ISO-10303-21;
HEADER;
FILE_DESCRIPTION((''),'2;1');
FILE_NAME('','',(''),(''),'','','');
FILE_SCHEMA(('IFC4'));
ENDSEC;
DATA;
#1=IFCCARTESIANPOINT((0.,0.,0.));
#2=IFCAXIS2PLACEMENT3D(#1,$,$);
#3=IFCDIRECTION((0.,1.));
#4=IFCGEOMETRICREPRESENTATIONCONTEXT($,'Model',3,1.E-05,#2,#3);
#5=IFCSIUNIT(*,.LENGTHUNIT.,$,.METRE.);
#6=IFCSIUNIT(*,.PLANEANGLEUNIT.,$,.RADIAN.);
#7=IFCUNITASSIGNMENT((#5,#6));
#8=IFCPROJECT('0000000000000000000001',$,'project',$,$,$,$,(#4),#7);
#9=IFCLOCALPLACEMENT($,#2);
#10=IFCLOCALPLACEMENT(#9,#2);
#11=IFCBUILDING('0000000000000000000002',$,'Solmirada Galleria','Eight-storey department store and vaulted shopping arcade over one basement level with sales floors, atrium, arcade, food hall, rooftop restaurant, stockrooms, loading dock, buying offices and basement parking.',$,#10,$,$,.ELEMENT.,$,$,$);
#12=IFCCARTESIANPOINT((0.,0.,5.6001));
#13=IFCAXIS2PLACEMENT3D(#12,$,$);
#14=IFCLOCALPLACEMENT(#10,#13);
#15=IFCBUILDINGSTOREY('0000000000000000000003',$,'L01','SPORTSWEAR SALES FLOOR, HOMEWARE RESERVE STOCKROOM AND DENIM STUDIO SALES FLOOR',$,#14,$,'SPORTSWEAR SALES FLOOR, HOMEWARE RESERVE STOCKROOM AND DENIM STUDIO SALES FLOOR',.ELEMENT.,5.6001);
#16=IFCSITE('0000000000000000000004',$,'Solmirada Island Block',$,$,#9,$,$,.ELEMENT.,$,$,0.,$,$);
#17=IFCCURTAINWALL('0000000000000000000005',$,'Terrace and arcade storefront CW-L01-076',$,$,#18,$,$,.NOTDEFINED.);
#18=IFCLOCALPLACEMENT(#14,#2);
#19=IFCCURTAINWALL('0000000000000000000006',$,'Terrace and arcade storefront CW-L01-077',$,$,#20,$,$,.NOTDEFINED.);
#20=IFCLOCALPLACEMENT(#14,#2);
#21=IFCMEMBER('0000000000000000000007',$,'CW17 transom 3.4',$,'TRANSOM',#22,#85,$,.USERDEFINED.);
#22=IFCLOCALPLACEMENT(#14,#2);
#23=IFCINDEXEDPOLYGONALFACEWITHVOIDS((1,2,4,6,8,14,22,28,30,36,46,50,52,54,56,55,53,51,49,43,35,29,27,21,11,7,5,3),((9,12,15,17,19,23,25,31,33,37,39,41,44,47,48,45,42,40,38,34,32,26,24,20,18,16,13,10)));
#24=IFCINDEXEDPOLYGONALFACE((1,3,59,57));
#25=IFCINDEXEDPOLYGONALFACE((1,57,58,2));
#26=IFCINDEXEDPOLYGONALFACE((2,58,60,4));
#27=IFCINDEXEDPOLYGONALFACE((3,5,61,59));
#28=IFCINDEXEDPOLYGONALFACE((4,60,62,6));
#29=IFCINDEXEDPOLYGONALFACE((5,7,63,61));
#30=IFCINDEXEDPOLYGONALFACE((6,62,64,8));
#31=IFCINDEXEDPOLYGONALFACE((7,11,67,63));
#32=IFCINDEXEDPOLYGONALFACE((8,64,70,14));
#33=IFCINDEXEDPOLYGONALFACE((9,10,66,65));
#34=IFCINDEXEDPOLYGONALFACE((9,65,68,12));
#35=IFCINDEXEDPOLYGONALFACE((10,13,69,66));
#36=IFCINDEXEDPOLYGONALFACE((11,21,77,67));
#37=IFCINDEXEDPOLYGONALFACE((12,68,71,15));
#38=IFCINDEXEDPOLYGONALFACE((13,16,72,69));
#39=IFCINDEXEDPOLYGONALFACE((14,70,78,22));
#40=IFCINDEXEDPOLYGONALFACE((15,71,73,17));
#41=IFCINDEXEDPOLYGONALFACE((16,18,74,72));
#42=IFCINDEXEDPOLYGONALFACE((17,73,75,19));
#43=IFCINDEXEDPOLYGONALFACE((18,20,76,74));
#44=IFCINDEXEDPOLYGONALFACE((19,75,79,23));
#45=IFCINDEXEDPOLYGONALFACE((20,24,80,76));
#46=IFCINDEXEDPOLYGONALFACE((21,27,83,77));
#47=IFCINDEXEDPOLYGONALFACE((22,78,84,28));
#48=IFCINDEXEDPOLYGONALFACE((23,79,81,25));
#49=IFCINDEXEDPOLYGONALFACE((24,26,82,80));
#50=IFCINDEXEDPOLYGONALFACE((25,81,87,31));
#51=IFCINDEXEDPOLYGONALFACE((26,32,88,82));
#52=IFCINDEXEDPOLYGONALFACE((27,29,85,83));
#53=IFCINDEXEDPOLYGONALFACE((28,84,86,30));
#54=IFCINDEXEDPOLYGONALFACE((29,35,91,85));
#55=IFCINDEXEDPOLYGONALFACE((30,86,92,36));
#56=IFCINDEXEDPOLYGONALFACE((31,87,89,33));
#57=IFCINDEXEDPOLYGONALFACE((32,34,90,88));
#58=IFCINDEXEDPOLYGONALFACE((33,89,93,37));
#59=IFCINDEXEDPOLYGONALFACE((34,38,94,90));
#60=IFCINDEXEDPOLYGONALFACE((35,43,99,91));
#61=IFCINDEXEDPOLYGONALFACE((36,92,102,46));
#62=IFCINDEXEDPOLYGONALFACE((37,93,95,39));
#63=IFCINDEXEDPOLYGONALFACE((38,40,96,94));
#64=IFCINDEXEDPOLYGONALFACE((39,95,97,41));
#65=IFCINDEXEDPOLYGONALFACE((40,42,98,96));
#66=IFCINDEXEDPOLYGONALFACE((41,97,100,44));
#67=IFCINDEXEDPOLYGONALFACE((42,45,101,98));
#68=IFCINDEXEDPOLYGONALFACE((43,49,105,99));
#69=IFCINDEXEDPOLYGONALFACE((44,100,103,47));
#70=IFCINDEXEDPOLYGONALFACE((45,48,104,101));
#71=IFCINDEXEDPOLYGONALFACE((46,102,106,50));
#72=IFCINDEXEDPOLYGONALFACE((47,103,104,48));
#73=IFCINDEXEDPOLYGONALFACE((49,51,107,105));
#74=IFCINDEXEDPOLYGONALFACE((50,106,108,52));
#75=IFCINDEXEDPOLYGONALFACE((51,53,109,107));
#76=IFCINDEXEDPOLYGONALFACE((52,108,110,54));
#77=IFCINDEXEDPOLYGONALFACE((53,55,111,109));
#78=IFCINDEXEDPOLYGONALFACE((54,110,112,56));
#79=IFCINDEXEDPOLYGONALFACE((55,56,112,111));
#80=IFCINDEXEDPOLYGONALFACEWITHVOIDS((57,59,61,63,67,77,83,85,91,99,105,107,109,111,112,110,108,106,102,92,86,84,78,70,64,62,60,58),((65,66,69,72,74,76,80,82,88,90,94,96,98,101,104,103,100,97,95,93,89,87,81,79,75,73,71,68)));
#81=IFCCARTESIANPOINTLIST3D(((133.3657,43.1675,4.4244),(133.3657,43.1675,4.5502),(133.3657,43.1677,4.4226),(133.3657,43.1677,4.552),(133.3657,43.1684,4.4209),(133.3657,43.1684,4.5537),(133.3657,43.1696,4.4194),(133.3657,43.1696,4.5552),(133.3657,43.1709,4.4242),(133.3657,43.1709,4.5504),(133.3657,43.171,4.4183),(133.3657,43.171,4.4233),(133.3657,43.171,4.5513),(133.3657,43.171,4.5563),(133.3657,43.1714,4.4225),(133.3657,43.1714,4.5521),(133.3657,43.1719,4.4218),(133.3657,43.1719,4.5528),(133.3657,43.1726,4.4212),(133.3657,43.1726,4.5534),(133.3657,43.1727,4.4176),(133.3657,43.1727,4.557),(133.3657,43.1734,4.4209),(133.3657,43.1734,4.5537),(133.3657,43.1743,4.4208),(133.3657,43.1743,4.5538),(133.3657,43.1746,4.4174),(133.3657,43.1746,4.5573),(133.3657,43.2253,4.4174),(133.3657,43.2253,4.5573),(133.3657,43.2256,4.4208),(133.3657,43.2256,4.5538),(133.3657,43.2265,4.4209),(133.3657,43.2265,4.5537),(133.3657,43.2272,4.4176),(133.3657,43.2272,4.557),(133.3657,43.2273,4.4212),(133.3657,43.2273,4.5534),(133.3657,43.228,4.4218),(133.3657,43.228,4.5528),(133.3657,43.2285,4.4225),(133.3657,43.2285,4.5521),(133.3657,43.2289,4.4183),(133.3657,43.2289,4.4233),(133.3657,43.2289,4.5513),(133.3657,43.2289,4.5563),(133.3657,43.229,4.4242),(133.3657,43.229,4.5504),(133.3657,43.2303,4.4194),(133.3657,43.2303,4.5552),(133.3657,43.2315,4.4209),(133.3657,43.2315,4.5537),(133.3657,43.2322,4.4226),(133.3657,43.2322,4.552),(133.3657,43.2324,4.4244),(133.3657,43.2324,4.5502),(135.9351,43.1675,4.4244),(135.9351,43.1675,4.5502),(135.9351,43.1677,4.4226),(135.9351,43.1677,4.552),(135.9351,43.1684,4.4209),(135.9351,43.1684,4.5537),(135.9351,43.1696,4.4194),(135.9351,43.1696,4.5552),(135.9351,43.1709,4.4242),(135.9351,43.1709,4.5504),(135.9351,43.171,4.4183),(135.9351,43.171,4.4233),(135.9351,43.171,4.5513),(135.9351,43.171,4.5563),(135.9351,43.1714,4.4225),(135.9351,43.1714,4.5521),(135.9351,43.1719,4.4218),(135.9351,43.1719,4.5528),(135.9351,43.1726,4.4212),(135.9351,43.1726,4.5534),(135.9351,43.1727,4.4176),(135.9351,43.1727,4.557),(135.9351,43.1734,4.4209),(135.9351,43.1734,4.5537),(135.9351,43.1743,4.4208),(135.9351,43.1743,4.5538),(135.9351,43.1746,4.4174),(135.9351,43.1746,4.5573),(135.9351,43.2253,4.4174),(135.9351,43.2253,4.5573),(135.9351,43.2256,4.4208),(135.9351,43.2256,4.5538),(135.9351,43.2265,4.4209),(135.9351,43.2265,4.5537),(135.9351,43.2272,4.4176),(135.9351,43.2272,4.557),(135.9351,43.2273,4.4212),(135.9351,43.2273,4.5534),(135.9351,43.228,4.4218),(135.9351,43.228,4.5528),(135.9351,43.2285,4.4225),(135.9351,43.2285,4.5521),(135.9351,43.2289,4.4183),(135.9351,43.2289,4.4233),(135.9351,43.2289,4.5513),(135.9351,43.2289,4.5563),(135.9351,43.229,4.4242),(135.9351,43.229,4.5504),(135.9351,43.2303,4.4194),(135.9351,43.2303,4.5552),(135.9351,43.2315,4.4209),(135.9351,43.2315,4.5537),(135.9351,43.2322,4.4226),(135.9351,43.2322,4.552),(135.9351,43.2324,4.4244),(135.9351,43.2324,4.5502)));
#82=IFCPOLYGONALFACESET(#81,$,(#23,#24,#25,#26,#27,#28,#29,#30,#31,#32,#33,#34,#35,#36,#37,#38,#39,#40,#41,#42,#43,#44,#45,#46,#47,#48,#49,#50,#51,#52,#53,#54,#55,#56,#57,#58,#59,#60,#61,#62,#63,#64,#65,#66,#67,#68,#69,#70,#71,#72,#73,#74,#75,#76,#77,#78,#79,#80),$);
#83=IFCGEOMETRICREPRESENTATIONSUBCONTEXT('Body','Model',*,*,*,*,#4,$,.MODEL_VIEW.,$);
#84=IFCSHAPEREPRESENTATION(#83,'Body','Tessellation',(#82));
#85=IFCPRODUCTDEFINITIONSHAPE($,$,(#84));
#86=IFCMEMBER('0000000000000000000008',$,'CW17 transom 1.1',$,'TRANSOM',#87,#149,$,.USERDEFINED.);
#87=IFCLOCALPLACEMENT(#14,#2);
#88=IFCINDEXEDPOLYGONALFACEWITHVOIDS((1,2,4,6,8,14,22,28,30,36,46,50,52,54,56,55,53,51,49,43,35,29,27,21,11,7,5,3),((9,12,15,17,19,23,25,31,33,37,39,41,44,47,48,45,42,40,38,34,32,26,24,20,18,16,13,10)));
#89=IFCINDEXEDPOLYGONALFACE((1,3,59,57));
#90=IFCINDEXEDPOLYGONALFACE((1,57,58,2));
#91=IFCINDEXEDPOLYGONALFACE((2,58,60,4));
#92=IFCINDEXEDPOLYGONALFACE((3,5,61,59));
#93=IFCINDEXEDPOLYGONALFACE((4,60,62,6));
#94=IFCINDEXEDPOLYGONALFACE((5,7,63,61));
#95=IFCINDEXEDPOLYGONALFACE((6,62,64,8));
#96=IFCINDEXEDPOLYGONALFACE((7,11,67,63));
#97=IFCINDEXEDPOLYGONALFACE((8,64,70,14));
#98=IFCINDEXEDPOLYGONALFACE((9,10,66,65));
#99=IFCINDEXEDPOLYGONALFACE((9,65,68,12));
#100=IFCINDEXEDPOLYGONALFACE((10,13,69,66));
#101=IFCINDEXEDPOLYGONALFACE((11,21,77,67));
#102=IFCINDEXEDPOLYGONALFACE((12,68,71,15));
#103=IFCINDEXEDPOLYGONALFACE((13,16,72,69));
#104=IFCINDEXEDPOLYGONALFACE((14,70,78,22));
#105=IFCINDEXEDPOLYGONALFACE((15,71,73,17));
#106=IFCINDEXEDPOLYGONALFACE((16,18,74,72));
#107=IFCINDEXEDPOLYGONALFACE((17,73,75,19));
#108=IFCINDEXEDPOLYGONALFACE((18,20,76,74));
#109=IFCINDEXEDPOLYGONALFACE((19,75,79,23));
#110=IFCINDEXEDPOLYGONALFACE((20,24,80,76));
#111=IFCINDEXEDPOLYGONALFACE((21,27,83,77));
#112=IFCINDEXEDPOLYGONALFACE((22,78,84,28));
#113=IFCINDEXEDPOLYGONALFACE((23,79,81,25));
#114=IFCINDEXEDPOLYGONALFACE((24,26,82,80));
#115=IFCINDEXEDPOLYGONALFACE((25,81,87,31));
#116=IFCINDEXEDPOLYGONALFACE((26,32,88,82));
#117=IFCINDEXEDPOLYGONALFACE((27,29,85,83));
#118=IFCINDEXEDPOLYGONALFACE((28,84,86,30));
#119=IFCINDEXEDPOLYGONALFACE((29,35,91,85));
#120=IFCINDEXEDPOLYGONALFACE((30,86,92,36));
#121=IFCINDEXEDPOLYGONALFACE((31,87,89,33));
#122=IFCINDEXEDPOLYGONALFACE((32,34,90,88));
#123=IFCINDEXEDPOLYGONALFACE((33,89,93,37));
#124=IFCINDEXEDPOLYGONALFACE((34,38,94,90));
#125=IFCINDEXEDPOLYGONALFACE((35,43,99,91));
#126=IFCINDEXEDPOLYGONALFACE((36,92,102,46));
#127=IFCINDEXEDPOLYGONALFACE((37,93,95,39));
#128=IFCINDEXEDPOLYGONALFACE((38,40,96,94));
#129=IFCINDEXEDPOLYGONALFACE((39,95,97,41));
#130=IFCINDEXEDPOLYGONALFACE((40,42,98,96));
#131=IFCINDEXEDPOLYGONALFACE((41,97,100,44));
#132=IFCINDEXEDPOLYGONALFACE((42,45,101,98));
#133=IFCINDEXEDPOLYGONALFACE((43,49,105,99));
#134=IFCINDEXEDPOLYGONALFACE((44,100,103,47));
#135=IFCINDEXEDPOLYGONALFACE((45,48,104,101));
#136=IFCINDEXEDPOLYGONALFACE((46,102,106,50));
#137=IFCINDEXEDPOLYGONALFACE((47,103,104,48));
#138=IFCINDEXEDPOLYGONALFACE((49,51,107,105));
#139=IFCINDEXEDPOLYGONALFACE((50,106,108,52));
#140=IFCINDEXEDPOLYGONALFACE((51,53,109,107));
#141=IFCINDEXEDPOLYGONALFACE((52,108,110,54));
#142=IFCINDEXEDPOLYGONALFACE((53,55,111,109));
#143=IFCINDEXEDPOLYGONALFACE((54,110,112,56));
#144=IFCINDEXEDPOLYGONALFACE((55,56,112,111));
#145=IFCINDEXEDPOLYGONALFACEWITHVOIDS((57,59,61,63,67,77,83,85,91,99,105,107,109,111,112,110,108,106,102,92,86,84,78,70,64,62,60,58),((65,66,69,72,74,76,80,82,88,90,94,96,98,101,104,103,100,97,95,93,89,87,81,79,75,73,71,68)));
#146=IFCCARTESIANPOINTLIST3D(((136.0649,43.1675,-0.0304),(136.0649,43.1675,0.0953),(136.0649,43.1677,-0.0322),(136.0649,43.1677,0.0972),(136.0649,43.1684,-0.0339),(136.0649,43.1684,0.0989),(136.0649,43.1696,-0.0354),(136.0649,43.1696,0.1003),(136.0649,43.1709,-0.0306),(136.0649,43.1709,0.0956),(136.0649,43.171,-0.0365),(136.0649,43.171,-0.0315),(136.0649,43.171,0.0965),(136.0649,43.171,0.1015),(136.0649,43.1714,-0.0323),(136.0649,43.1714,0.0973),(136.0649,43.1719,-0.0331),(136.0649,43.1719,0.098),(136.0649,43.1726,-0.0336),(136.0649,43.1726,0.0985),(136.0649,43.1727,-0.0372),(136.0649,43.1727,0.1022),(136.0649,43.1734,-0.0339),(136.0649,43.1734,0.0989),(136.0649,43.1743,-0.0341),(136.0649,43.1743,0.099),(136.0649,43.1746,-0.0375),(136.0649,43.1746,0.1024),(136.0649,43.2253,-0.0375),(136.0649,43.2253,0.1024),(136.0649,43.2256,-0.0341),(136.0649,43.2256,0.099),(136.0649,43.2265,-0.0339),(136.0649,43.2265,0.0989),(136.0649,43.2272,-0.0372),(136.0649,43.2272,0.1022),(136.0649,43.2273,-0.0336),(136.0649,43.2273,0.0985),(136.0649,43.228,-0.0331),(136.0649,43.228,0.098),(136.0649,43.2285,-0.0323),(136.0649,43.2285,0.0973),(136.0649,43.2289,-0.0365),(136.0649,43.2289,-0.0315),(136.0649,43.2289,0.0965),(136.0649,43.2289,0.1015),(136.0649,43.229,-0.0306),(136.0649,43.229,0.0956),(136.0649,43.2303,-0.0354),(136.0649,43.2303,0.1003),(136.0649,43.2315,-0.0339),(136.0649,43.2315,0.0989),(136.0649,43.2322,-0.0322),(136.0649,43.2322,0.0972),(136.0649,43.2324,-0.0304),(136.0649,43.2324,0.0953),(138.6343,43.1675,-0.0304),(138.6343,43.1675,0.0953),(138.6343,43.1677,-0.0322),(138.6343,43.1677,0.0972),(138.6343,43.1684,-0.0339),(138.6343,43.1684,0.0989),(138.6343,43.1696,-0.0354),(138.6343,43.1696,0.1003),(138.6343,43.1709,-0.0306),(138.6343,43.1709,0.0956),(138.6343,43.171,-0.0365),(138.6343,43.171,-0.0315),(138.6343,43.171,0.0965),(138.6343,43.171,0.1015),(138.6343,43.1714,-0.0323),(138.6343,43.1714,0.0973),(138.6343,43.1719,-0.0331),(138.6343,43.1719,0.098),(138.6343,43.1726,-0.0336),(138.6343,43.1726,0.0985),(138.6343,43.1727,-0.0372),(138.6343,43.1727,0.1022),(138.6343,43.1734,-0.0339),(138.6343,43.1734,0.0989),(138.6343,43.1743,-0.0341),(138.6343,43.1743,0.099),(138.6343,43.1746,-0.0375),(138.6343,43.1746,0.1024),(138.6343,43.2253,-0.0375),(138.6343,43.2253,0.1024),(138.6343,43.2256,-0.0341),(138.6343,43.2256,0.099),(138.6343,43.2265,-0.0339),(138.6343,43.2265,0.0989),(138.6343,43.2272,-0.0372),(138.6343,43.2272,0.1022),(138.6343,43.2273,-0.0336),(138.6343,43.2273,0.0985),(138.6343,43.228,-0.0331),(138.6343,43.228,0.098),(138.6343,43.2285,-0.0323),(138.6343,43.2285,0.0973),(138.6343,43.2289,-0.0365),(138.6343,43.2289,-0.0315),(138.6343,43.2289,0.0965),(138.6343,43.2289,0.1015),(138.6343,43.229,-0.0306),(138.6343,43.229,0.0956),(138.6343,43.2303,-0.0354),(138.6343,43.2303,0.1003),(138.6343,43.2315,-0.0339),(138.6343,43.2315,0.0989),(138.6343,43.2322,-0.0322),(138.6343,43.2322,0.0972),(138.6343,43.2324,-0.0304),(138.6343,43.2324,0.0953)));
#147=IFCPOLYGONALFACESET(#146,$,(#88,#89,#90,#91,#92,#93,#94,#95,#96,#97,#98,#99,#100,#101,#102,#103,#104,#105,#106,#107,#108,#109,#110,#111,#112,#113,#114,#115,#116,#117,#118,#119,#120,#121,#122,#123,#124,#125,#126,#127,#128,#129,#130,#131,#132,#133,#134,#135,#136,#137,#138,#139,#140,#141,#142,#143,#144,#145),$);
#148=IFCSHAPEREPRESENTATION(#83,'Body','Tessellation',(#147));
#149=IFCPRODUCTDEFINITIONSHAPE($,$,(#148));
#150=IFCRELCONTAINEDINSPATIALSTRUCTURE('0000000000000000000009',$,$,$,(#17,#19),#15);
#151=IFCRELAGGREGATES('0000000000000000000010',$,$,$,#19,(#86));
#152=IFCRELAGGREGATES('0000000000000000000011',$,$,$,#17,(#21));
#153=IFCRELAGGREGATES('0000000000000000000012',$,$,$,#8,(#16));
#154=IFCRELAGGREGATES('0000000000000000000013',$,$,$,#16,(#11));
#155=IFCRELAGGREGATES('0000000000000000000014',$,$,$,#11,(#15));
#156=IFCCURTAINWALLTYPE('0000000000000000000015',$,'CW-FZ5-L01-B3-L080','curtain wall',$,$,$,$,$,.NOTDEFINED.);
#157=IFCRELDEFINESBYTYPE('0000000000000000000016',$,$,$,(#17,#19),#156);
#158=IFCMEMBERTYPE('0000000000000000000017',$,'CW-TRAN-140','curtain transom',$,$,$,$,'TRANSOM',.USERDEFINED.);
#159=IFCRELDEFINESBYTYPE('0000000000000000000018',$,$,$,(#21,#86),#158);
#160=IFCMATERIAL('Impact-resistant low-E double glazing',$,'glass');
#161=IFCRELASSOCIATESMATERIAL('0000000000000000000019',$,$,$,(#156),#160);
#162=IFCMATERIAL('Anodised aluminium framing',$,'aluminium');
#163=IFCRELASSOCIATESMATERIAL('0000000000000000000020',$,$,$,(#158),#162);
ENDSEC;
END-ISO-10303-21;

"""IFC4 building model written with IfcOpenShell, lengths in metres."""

from ifc_helpers import new_model, si_unit, direction, frame, origin, origin_2d, place, context, subcontext, project, spatial, hollow_rectangle, extrude, material, material_profile, profile_set, type_object, element, aggregate, save


model = new_model("IFC4")

# Units and contexts
model_context = context("Model", 3, precision=1e-05, world=origin(), true_north=direction((0.0, 1.0)))
body_context = subcontext(model_context, "Body", "Model", "MODEL_VIEW")
ifc_project = project(units=[si_unit("LENGTHUNIT", "METRE"), si_unit("PLANEANGLEUNIT", "RADIAN")], contexts=[model_context])

# Site, building, storey
site_placement = place(None, origin())
site = spatial("IfcSite", under=ifc_project, at=site_placement, Name="Solmirada Island Block", CompositionType="ELEMENT", RefElevation=0.0)
building_placement = place(site_placement, origin())
building = spatial("IfcBuilding", under=site, at=building_placement, Name="Solmirada Galleria", Description="Eight-storey department store and vaulted shopping arcade over one basement level with sales floors, atrium, arcade, food hall, rooftop restaurant, stockrooms, loading dock, buying offices and basement parking.", CompositionType="ELEMENT")
storey_placement = place(building_placement, frame((0.0, 0.0, 5.6001)))
storey = spatial("IfcBuildingStorey", under=building, at=storey_placement, Name="L01", Description="SPORTSWEAR SALES FLOOR, HOMEWARE RESERVE STOCKROOM AND DENIM STUDIO SALES FLOOR", LongName="SPORTSWEAR SALES FLOOR, HOMEWARE RESERVE STOCKROOM AND DENIM STUDIO SALES FLOOR", CompositionType="ELEMENT", Elevation=5.6001)

# Curtain wall
ifc_material_1 = material(Name="Impact-resistant low-E double glazing", Category="glass")
curtain_wall_type = type_object("IfcCurtainWallType", Name="CW-FZ5-L01-B3-L080", Description="curtain wall", PredefinedType="NOTDEFINED", material=ifc_material_1)
curtain_wall_1_placement = place(storey_placement, origin())
curtain_wall_1 = element("IfcCurtainWall", 1, at=curtain_wall_1_placement, inside=storey, type_object=curtain_wall_type, Name="Terrace and arcade storefront CW-L01-076", PredefinedType="NOTDEFINED")
ifc_material_2 = material(Name="Anodised aluminium framing", Category="aluminium")

# Curtain wall
curtain_wall_2_placement = place(storey_placement, origin())
curtain_wall_2 = element("IfcCurtainWall", 2, at=curtain_wall_2_placement, inside=storey, type_object=curtain_wall_type, Name="Terrace and arcade storefront CW-L01-077", PredefinedType="NOTDEFINED")

# Members
ifc_material_profile_1 = material_profile(ifc_material_2, hollow_rectangle(XDim=0.0649, YDim=0.1399, WallThickness=0.0034, InnerFilletRadius=0.0034, OuterFilletRadius=0.0071, at=origin_2d()), Name="ALU-TRAN-140X65")
ifc_profile_set_1 = profile_set([ifc_material_profile_1], Name="Anodised aluminium framing")
member_type_1 = type_object("IfcMemberType", Name="CW-TRAN-140", Description="curtain transom", ElementType="TRANSOM", PredefinedType="USERDEFINED", material=ifc_profile_set_1)
member_1_placement = place(storey_placement, frame((133.3657, 43.2, 4.4873), z_axis=(1.0, 0.0, 0.0), x_axis=(0.0, 1.0, 0.0)))
member_1 = element("IfcMember", 3, at=member_1_placement, type_object=member_type_1, Name="CW17 transom 3.4", ObjectType="TRANSOM", PredefinedType="USERDEFINED", context=body_context, shape_type="SweptSolid", body=[
    extrude(hollow_rectangle(XDim=0.0649, YDim=0.1399, WallThickness=0.0034, InnerFilletRadius=0.0034, OuterFilletRadius=0.0071, at=origin_2d()), origin(), (0.0, 0.0, 1.0), 2.5693),
])
member_2_placement = place(storey_placement, frame((136.0649, 43.2, 0.0325), z_axis=(1.0, 0.0, 0.0), x_axis=(0.0, 1.0, 0.0)))
member_2 = element("IfcMember", 4, at=member_2_placement, type_object=member_type_1, Name="CW17 transom 1.1", ObjectType="TRANSOM", PredefinedType="USERDEFINED", context=body_context, shape_type="SweptSolid", body=[
    extrude(hollow_rectangle(XDim=0.0649, YDim=0.1399, WallThickness=0.0034, InnerFilletRadius=0.0034, OuterFilletRadius=0.0071, at=origin_2d()), origin(), (0.0, 0.0, 1.0), 2.5693),
])
aggregate(curtain_wall_2, [member_2])

aggregate(curtain_wall_1, [member_1])

save(model, "model.ifc")
